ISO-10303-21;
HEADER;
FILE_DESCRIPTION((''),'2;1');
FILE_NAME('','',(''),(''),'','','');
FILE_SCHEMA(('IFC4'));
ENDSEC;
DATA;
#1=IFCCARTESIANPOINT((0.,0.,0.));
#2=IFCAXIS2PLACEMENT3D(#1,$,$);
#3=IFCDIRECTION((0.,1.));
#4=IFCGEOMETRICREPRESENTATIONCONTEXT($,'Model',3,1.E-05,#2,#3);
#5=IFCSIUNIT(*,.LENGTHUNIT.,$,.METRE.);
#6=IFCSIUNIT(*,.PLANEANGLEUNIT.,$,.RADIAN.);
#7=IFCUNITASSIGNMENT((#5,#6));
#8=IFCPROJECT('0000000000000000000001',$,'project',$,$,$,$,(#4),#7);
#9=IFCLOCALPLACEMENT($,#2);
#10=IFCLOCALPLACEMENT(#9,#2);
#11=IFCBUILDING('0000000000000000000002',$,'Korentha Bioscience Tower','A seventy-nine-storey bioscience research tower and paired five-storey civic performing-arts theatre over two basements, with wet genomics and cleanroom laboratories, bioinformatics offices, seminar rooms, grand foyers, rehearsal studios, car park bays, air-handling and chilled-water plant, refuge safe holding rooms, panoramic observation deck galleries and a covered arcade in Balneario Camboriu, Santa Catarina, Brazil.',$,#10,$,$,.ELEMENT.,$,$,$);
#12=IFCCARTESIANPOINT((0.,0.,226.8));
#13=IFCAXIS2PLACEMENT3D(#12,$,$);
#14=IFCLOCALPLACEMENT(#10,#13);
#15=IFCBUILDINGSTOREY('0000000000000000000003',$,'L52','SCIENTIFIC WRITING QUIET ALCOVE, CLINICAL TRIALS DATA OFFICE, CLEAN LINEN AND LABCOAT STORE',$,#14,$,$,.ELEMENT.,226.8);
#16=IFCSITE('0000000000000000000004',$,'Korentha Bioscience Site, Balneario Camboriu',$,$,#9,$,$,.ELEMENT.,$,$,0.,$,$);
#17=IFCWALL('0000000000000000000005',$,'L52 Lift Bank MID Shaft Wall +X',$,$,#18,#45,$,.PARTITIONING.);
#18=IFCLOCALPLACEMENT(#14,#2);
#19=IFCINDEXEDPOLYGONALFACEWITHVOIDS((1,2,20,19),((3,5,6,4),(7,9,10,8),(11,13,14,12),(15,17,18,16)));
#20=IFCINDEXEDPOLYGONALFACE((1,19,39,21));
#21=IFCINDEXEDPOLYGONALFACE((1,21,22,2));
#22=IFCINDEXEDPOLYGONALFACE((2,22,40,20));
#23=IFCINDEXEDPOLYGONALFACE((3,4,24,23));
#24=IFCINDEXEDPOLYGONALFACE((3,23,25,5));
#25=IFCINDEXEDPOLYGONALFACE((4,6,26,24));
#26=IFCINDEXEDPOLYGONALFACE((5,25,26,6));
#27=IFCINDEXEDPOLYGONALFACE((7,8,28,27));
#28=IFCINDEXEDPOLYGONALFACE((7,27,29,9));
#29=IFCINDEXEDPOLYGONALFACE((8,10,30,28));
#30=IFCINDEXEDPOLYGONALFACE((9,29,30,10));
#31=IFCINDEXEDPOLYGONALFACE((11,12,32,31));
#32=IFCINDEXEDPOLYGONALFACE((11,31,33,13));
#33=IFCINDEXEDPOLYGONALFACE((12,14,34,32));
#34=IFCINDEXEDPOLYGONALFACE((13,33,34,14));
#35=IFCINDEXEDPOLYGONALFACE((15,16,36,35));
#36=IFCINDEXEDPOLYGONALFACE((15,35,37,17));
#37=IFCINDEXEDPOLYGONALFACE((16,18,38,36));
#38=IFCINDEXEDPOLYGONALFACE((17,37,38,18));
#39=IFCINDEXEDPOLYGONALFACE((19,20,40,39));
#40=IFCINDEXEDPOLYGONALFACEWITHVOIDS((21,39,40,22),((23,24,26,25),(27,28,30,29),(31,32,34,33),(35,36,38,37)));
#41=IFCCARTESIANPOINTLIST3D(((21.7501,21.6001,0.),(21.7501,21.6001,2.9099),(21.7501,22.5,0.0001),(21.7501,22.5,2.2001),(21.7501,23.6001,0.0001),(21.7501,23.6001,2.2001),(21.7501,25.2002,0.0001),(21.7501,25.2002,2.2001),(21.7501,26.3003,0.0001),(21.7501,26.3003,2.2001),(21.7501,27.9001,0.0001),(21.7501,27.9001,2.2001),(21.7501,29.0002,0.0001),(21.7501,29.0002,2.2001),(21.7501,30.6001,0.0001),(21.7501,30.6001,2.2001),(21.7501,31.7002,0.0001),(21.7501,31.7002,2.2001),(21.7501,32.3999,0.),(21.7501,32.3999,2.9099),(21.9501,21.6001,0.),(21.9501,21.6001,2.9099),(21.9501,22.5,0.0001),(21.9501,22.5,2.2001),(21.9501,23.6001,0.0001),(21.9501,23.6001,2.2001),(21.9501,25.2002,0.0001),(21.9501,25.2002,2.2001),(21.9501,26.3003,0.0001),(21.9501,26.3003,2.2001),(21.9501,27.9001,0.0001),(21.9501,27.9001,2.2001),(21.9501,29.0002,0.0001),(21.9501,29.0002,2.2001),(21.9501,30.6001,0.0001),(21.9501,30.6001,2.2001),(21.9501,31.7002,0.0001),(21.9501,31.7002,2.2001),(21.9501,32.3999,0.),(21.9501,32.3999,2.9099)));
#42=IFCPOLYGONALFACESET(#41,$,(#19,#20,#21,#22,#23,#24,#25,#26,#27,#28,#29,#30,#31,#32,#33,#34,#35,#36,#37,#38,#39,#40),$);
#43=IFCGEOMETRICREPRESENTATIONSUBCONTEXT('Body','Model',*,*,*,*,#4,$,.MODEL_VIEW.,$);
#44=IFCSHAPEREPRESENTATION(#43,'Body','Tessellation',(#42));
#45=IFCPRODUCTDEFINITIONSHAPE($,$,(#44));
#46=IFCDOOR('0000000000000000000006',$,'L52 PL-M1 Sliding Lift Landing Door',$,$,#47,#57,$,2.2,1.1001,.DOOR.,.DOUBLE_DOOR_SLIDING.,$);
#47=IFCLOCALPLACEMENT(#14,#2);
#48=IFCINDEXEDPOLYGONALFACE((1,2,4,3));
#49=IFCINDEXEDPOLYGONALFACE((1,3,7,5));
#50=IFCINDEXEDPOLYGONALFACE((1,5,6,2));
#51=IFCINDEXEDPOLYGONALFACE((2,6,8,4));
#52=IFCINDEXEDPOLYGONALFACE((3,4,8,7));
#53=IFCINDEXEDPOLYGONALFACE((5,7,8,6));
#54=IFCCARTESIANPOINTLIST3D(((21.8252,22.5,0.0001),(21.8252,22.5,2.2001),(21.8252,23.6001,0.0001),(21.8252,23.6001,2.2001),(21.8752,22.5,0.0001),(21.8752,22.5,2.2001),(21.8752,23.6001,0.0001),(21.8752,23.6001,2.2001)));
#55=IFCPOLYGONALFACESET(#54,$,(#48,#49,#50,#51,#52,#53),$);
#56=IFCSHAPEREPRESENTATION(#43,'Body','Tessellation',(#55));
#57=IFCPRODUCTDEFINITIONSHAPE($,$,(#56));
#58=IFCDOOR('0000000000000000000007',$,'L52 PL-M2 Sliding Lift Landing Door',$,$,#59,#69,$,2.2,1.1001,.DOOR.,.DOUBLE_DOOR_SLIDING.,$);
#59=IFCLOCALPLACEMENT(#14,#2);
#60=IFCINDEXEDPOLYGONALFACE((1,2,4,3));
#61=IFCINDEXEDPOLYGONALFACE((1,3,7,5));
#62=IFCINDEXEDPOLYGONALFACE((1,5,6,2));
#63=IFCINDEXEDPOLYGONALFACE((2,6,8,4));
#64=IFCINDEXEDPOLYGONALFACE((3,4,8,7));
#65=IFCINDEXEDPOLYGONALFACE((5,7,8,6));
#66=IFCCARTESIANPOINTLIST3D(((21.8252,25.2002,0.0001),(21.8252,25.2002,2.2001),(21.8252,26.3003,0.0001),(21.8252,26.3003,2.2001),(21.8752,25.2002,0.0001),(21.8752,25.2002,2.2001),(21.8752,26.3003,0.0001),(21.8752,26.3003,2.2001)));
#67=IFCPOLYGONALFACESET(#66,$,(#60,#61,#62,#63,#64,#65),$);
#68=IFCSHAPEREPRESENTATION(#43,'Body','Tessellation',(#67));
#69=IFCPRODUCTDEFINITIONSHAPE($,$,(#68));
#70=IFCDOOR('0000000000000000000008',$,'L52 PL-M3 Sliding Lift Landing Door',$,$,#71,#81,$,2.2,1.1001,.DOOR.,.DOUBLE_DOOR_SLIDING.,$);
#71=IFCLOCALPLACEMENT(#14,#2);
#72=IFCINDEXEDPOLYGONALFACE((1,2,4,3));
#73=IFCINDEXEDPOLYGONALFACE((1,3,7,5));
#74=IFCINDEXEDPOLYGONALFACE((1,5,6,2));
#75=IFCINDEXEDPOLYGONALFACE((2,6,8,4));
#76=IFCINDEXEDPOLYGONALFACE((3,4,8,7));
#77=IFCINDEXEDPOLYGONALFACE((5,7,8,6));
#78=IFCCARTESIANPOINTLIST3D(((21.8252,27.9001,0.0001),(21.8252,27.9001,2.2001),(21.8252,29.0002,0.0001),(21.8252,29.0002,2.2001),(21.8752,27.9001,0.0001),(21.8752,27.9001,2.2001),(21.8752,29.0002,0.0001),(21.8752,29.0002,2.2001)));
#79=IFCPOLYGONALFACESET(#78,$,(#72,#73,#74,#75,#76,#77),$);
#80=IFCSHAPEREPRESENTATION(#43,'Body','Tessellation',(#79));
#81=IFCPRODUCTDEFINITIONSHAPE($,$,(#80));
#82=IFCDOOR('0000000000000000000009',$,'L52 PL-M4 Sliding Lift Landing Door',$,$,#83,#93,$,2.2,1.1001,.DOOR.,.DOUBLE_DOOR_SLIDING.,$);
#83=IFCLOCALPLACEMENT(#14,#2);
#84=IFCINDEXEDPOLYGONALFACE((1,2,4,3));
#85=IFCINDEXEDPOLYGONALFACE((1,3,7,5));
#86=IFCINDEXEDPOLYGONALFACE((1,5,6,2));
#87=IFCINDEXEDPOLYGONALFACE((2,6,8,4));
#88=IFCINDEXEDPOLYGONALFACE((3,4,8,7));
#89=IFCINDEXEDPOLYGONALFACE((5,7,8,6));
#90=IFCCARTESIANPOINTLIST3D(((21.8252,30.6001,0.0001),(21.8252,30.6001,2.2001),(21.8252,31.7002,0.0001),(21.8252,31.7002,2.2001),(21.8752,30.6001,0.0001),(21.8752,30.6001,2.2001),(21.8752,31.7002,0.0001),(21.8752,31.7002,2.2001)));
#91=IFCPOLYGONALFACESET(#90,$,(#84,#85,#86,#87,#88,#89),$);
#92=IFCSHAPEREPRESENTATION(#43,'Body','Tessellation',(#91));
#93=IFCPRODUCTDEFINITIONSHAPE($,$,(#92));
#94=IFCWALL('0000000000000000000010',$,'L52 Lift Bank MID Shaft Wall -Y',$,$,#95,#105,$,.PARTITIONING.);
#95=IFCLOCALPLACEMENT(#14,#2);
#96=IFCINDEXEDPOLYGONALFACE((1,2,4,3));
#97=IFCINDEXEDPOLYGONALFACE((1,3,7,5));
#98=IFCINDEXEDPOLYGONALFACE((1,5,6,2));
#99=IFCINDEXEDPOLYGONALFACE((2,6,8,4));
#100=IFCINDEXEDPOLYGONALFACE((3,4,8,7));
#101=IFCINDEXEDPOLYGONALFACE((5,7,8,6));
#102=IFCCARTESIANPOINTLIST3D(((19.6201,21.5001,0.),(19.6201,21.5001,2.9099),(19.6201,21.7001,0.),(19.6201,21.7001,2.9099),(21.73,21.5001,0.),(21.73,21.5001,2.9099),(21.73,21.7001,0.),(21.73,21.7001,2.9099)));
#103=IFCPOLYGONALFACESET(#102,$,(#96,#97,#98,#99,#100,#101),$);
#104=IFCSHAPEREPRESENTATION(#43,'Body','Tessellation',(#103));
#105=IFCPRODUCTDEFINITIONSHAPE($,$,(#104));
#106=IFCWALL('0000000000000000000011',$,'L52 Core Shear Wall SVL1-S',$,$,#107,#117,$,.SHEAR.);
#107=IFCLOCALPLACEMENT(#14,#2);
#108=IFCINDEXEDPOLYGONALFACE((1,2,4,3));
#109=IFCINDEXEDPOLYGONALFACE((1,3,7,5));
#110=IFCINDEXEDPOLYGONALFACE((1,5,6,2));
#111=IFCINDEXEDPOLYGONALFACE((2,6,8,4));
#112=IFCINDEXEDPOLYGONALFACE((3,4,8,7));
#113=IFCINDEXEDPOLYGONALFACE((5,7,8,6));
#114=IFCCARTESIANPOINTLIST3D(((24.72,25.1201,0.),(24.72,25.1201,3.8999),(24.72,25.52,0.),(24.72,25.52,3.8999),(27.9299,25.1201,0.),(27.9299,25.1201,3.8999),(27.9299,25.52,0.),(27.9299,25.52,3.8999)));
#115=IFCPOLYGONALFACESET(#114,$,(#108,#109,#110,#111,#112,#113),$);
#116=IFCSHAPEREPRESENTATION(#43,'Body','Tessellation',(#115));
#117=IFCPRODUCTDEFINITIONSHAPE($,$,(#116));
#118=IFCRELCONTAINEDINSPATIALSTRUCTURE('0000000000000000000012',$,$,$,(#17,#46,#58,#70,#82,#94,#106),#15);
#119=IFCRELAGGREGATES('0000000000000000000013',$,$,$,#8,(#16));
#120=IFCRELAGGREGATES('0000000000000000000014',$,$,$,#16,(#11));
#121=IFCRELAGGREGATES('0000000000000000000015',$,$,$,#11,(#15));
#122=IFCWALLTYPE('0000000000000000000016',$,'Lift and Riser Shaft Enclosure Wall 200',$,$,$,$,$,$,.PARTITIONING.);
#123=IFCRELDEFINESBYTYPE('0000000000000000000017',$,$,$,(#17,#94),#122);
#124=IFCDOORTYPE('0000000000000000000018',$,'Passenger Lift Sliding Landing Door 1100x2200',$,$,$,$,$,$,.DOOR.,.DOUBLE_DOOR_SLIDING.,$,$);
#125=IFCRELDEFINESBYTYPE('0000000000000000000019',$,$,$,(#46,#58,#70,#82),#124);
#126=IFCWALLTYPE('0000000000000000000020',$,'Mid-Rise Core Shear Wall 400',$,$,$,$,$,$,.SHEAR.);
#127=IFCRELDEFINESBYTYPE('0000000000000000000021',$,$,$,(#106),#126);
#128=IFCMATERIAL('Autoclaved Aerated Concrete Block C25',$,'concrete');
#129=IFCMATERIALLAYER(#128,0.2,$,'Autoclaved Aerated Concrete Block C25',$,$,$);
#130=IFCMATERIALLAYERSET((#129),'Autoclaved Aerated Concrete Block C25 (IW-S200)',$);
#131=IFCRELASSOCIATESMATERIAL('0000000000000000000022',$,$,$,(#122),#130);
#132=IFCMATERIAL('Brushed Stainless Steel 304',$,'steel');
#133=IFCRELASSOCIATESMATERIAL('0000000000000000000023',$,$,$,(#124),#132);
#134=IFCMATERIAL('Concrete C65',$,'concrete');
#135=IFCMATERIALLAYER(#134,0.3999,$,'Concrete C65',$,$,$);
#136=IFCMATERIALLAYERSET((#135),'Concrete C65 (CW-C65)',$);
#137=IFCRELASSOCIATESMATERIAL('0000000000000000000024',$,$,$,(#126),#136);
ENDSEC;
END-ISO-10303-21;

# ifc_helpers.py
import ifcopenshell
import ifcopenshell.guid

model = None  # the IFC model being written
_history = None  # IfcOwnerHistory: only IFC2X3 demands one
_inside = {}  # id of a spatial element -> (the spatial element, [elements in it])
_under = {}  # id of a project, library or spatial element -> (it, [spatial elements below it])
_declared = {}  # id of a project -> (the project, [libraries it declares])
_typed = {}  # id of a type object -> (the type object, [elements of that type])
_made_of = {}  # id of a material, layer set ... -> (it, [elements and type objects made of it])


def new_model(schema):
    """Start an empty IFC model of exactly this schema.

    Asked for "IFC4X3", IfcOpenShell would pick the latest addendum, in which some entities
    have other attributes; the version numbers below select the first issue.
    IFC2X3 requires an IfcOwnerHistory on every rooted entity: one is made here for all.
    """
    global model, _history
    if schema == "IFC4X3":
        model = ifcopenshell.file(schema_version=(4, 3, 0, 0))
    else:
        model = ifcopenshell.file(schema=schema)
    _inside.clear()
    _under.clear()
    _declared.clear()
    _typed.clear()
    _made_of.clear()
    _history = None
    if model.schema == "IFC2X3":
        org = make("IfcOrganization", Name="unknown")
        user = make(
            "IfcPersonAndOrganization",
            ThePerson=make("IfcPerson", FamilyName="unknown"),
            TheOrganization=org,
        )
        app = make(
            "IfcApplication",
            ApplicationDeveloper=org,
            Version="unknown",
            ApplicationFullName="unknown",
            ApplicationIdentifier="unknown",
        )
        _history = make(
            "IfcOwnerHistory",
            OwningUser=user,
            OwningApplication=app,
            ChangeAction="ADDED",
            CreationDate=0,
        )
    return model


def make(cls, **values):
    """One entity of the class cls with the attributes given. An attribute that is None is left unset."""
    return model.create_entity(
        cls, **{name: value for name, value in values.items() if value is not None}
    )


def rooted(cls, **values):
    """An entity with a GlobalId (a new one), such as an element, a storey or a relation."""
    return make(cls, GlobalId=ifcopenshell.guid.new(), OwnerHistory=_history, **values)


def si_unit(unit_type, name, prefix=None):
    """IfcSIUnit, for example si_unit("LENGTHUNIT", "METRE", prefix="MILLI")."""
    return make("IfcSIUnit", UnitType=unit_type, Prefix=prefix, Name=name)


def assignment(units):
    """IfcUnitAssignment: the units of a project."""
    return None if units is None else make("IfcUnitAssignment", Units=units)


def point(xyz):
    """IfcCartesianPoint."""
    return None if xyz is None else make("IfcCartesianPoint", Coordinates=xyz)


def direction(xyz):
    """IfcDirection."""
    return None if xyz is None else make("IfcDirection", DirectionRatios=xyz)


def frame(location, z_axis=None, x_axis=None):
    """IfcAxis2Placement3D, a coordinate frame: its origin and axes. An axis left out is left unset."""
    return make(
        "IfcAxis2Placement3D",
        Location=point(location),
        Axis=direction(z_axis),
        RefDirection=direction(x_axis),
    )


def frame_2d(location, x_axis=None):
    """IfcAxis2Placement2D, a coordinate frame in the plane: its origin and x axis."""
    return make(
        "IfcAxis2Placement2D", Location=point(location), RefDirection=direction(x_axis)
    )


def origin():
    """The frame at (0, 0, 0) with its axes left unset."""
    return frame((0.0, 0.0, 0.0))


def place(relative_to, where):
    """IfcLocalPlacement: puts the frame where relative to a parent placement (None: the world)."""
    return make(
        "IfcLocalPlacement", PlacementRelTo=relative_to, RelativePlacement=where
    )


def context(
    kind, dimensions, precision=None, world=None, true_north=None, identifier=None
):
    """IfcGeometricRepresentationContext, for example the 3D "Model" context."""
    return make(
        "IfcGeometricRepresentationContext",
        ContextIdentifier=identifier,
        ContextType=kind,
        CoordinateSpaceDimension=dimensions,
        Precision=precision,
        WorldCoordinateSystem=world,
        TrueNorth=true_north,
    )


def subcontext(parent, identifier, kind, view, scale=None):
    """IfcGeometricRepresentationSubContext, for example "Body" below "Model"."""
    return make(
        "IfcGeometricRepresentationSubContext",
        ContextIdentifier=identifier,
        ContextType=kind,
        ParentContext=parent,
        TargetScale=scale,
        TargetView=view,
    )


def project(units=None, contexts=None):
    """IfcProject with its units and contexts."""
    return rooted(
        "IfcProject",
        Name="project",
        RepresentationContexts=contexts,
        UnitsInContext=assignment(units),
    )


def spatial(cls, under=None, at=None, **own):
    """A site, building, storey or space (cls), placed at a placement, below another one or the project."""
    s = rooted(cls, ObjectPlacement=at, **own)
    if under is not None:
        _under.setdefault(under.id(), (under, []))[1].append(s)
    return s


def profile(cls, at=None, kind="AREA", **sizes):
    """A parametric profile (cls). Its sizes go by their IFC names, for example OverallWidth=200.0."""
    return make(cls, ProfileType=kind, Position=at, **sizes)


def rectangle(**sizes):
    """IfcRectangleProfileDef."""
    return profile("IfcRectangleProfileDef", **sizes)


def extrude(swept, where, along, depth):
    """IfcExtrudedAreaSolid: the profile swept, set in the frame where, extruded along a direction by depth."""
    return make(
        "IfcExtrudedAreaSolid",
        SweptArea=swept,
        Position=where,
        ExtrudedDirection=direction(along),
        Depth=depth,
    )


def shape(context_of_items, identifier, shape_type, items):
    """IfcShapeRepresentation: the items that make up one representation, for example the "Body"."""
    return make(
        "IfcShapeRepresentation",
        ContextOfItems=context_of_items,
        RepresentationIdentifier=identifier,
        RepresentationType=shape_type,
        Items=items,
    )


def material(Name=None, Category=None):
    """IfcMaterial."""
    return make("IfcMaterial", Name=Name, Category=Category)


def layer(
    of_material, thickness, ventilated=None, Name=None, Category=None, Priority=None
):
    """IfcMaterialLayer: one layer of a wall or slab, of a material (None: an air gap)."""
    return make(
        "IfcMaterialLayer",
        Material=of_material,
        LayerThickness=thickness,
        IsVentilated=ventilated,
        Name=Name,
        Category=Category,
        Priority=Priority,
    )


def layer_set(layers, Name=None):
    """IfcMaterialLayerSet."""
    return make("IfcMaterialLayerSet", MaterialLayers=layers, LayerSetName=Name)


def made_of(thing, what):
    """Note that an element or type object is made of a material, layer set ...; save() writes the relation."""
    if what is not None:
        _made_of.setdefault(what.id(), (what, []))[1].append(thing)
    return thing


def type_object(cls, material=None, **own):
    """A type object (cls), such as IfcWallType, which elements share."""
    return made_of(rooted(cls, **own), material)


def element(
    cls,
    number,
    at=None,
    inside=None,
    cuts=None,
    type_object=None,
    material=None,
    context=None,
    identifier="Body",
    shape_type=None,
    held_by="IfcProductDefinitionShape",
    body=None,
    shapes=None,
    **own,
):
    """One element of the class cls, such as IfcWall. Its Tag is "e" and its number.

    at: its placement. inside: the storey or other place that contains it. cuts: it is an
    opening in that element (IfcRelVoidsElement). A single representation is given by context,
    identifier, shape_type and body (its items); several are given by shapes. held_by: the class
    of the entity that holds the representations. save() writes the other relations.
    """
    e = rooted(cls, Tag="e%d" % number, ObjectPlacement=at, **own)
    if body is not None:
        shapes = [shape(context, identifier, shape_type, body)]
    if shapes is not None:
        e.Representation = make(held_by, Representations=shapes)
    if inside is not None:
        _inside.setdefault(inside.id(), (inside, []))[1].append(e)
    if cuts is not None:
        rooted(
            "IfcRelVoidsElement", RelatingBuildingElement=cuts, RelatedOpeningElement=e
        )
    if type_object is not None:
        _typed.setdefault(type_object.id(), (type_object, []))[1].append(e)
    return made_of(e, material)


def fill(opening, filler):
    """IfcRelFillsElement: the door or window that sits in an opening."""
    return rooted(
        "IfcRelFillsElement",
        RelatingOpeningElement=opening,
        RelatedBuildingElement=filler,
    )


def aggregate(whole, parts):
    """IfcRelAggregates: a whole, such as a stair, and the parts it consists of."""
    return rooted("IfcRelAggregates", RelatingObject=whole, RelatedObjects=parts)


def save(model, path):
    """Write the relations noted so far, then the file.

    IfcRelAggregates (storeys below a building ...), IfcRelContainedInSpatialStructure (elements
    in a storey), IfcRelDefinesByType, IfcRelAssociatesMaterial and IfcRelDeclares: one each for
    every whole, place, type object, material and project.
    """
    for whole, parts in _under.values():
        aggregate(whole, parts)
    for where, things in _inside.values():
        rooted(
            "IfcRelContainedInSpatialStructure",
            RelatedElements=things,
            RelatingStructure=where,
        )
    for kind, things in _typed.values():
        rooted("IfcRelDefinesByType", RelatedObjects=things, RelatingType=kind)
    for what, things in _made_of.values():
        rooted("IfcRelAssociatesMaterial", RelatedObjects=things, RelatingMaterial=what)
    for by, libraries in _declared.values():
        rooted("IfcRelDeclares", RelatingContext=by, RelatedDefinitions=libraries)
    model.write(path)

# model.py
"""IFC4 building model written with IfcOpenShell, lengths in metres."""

from ifc_helpers import new_model, si_unit, direction, frame, frame_2d, origin, place, context, subcontext, project, spatial, rectangle, extrude, material, layer, layer_set, type_object, element, fill, save


model = new_model("IFC4")

# Units and contexts
model_context = context("Model", 3, precision=1e-05, world=origin(), true_north=direction((0.0, 1.0)))
body_context = subcontext(model_context, "Body", "Model", "MODEL_VIEW")
ifc_project = project(units=[si_unit("LENGTHUNIT", "METRE"), si_unit("PLANEANGLEUNIT", "RADIAN")], contexts=[model_context])

# Site, building, storey
site_placement = place(None, origin())
site = spatial("IfcSite", under=ifc_project, at=site_placement, Name="Korentha Bioscience Site, Balneario Camboriu", CompositionType="ELEMENT", RefElevation=0.0)
building_placement = place(site_placement, origin())
building = spatial("IfcBuilding", under=site, at=building_placement, Name="Korentha Bioscience Tower", Description="A seventy-nine-storey bioscience research tower and paired five-storey civic performing-arts theatre over two basements, with wet genomics and cleanroom laboratories, bioinformatics offices, seminar rooms, grand foyers, rehearsal studios, car park bays, air-handling and chilled-water plant, refuge safe holding rooms, panoramic observation deck galleries and a covered arcade in Balneario Camboriu, Santa Catarina, Brazil.", CompositionType="ELEMENT")
storey_placement = place(building_placement, frame((0.0, 0.0, 226.8)))
storey = spatial("IfcBuildingStorey", under=building, at=storey_placement, Name="L52", Description="SCIENTIFIC WRITING QUIET ALCOVE, CLINICAL TRIALS DATA OFFICE, CLEAN LINEN AND LABCOAT STORE", CompositionType="ELEMENT", Elevation=226.8)

# Shared definitions
ifc_material_1 = material(Name="Concrete C65", Category="concrete")

# Shared definitions
ifc_material_2 = material(Name="Autoclaved Aerated Concrete Block C25", Category="concrete")
ifc_layer_1 = layer(ifc_material_2, 0.2, Name="Autoclaved Aerated Concrete Block C25")
ifc_layer_set_1 = layer_set([ifc_layer_1], Name="Autoclaved Aerated Concrete Block C25 (IW-S200)")
wall_type_1 = type_object("IfcWallType", Name="Lift and Riser Shaft Enclosure Wall 200", PredefinedType="PARTITIONING", material=ifc_layer_set_1)

# Wall, openings, doors
wall_1_placement = place(storey_placement, frame((21.8501, 21.6001, 0.0), z_axis=(0.0, 0.0, 1.0), x_axis=(0.0, 1.0, 0.0)))
wall_1 = element("IfcWall", 1, at=wall_1_placement, inside=storey, type_object=wall_type_1, Name="L52 Lift Bank MID Shaft Wall +X", PredefinedType="PARTITIONING", context=body_context, shape_type="SweptSolid", body=[
    extrude(rectangle(XDim=10.7998, YDim=0.2, at=frame_2d((5.3999, 0.0))), origin(), (0.0, 0.0, 1.0), 2.9099),
])
opening_1_placement = place(wall_1_placement, frame((0.8999, 0.0, 0.0)))
opening_1 = element("IfcOpeningElement", 2, at=opening_1_placement, cuts=wall_1, PredefinedType="OPENING", context=body_context, shape_type="SweptSolid", body=[
    extrude(rectangle(XDim=1.1001, YDim=2.2, at=frame_2d((0.55, 1.1001))), frame((0.0, 0.1147, 0.0), z_axis=(0.0, -1.0, 0.0), x_axis=(1.0, 0.0, 0.0)), (0.0, 0.0, 1.0), 0.2297),
])
opening_2_placement = place(wall_1_placement, frame((3.6001, 0.0, 0.0)))
opening_2 = element("IfcOpeningElement", 3, at=opening_2_placement, cuts=wall_1, PredefinedType="OPENING", context=body_context, shape_type="SweptSolid", body=[
    extrude(rectangle(XDim=1.1001, YDim=2.2, at=frame_2d((0.55, 1.1001))), frame((0.0, 0.1147, 0.0), z_axis=(0.0, -1.0, 0.0), x_axis=(1.0, 0.0, 0.0)), (0.0, 0.0, 1.0), 0.2297),
])
opening_3_placement = place(wall_1_placement, frame((6.3, 0.0, 0.0)))
opening_3 = element("IfcOpeningElement", 4, at=opening_3_placement, cuts=wall_1, PredefinedType="OPENING", context=body_context, shape_type="SweptSolid", body=[
    extrude(rectangle(XDim=1.1001, YDim=2.2, at=frame_2d((0.55, 1.1001))), frame((0.0, 0.1147, 0.0), z_axis=(0.0, -1.0, 0.0), x_axis=(1.0, 0.0, 0.0)), (0.0, 0.0, 1.0), 0.2297),
])
opening_4_placement = place(wall_1_placement, frame((9.0, 0.0, 0.0)))
opening_4 = element("IfcOpeningElement", 5, at=opening_4_placement, cuts=wall_1, PredefinedType="OPENING", context=body_context, shape_type="SweptSolid", body=[
    extrude(rectangle(XDim=1.1001, YDim=2.2, at=frame_2d((0.55, 1.1001))), frame((0.0, 0.1147, 0.0), z_axis=(0.0, -1.0, 0.0), x_axis=(1.0, 0.0, 0.0)), (0.0, 0.0, 1.0), 0.2297),
])
ifc_material_3 = material(Name="Brushed Stainless Steel 304", Category="steel")
door_type_1 = type_object("IfcDoorType", Name="Passenger Lift Sliding Landing Door 1100x2200", OperationType="DOUBLE_DOOR_SLIDING", PredefinedType="DOOR", material=ifc_material_3)
door_1_placement = place(opening_1_placement, origin())
door_1 = element("IfcDoor", 6, at=door_1_placement, inside=storey, type_object=door_type_1, Name="L52 PL-M1 Sliding Lift Landing Door", OperationType="DOUBLE_DOOR_SLIDING", OverallHeight=2.2, OverallWidth=1.1001, PredefinedType="DOOR", context=body_context, shape_type="SweptSolid", body=[
    extrude(rectangle(XDim=1.1001, YDim=2.2, at=frame_2d((0.55, 1.1001))), frame((0.0, 0.0249, 0.0), z_axis=(0.0, -1.0, 0.0), x_axis=(1.0, 0.0, 0.0)), (0.0, 0.0, 1.0), 0.05),
])
fill(opening_1, door_1)
door_2_placement = place(opening_2_placement, origin())
door_2 = element("IfcDoor", 7, at=door_2_placement, inside=storey, type_object=door_type_1, Name="L52 PL-M2 Sliding Lift Landing Door", OperationType="DOUBLE_DOOR_SLIDING", OverallHeight=2.2, OverallWidth=1.1001, PredefinedType="DOOR", context=body_context, shape_type="SweptSolid", body=[
    extrude(rectangle(XDim=1.1001, YDim=2.2, at=frame_2d((0.55, 1.1001))), frame((0.0, 0.0249, 0.0), z_axis=(0.0, -1.0, 0.0), x_axis=(1.0, 0.0, 0.0)), (0.0, 0.0, 1.0), 0.05),
])
fill(opening_2, door_2)
door_3_placement = place(opening_3_placement, origin())
door_3 = element("IfcDoor", 8, at=door_3_placement, inside=storey, type_object=door_type_1, Name="L52 PL-M3 Sliding Lift Landing Door", OperationType="DOUBLE_DOOR_SLIDING", OverallHeight=2.2, OverallWidth=1.1001, PredefinedType="DOOR", context=body_context, shape_type="SweptSolid", body=[
    extrude(rectangle(XDim=1.1001, YDim=2.2, at=frame_2d((0.55, 1.1001))), frame((0.0, 0.0249, 0.0), z_axis=(0.0, -1.0, 0.0), x_axis=(1.0, 0.0, 0.0)), (0.0, 0.0, 1.0), 0.05),
])
fill(opening_3, door_3)
door_4_placement = place(opening_4_placement, origin())
door_4 = element("IfcDoor", 9, at=door_4_placement, inside=storey, type_object=door_type_1, Name="L52 PL-M4 Sliding Lift Landing Door", OperationType="DOUBLE_DOOR_SLIDING", OverallHeight=2.2, OverallWidth=1.1001, PredefinedType="DOOR", context=body_context, shape_type="SweptSolid", body=[
    extrude(rectangle(XDim=1.1001, YDim=2.2, at=frame_2d((0.55, 1.1001))), frame((0.0, 0.0249, 0.0), z_axis=(0.0, -1.0, 0.0), x_axis=(1.0, 0.0, 0.0)), (0.0, 0.0, 1.0), 0.05),
])
fill(opening_4, door_4)

# Walls
wall_2_placement = place(storey_placement, frame((19.6201, 21.6001, 0.0), z_axis=(0.0, 0.0, 1.0), x_axis=(1.0, 0.0, 0.0)))
element("IfcWall", 10, at=wall_2_placement, inside=storey, type_object=wall_type_1, Name="L52 Lift Bank MID Shaft Wall -Y", PredefinedType="PARTITIONING", context=body_context, shape_type="SweptSolid", body=[
    extrude(rectangle(XDim=2.1099, YDim=0.2, at=frame_2d((1.0549, 0.0))), origin(), (0.0, 0.0, 1.0), 2.9099),
])
ifc_layer_2 = layer(ifc_material_1, 0.3999, Name="Concrete C65")
ifc_layer_set_2 = layer_set([ifc_layer_2], Name="Concrete C65 (CW-C65)")
wall_type_2 = type_object("IfcWallType", Name="Mid-Rise Core Shear Wall 400", PredefinedType="SHEAR", material=ifc_layer_set_2)
wall_3_placement = place(storey_placement, frame((24.72, 25.3201, 0.0), z_axis=(0.0, 0.0, 1.0), x_axis=(1.0, 0.0, 0.0)))
element("IfcWall", 11, at=wall_3_placement, inside=storey, type_object=wall_type_2, Name="L52 Core Shear Wall SVL1-S", PredefinedType="SHEAR", context=body_context, shape_type="SweptSolid", body=[
    extrude(rectangle(XDim=3.21, YDim=0.3999, at=frame_2d((1.605, 0.0))), origin(), (0.0, 0.0, 1.0), 3.8999),
])

save(model, "model.ifc")
